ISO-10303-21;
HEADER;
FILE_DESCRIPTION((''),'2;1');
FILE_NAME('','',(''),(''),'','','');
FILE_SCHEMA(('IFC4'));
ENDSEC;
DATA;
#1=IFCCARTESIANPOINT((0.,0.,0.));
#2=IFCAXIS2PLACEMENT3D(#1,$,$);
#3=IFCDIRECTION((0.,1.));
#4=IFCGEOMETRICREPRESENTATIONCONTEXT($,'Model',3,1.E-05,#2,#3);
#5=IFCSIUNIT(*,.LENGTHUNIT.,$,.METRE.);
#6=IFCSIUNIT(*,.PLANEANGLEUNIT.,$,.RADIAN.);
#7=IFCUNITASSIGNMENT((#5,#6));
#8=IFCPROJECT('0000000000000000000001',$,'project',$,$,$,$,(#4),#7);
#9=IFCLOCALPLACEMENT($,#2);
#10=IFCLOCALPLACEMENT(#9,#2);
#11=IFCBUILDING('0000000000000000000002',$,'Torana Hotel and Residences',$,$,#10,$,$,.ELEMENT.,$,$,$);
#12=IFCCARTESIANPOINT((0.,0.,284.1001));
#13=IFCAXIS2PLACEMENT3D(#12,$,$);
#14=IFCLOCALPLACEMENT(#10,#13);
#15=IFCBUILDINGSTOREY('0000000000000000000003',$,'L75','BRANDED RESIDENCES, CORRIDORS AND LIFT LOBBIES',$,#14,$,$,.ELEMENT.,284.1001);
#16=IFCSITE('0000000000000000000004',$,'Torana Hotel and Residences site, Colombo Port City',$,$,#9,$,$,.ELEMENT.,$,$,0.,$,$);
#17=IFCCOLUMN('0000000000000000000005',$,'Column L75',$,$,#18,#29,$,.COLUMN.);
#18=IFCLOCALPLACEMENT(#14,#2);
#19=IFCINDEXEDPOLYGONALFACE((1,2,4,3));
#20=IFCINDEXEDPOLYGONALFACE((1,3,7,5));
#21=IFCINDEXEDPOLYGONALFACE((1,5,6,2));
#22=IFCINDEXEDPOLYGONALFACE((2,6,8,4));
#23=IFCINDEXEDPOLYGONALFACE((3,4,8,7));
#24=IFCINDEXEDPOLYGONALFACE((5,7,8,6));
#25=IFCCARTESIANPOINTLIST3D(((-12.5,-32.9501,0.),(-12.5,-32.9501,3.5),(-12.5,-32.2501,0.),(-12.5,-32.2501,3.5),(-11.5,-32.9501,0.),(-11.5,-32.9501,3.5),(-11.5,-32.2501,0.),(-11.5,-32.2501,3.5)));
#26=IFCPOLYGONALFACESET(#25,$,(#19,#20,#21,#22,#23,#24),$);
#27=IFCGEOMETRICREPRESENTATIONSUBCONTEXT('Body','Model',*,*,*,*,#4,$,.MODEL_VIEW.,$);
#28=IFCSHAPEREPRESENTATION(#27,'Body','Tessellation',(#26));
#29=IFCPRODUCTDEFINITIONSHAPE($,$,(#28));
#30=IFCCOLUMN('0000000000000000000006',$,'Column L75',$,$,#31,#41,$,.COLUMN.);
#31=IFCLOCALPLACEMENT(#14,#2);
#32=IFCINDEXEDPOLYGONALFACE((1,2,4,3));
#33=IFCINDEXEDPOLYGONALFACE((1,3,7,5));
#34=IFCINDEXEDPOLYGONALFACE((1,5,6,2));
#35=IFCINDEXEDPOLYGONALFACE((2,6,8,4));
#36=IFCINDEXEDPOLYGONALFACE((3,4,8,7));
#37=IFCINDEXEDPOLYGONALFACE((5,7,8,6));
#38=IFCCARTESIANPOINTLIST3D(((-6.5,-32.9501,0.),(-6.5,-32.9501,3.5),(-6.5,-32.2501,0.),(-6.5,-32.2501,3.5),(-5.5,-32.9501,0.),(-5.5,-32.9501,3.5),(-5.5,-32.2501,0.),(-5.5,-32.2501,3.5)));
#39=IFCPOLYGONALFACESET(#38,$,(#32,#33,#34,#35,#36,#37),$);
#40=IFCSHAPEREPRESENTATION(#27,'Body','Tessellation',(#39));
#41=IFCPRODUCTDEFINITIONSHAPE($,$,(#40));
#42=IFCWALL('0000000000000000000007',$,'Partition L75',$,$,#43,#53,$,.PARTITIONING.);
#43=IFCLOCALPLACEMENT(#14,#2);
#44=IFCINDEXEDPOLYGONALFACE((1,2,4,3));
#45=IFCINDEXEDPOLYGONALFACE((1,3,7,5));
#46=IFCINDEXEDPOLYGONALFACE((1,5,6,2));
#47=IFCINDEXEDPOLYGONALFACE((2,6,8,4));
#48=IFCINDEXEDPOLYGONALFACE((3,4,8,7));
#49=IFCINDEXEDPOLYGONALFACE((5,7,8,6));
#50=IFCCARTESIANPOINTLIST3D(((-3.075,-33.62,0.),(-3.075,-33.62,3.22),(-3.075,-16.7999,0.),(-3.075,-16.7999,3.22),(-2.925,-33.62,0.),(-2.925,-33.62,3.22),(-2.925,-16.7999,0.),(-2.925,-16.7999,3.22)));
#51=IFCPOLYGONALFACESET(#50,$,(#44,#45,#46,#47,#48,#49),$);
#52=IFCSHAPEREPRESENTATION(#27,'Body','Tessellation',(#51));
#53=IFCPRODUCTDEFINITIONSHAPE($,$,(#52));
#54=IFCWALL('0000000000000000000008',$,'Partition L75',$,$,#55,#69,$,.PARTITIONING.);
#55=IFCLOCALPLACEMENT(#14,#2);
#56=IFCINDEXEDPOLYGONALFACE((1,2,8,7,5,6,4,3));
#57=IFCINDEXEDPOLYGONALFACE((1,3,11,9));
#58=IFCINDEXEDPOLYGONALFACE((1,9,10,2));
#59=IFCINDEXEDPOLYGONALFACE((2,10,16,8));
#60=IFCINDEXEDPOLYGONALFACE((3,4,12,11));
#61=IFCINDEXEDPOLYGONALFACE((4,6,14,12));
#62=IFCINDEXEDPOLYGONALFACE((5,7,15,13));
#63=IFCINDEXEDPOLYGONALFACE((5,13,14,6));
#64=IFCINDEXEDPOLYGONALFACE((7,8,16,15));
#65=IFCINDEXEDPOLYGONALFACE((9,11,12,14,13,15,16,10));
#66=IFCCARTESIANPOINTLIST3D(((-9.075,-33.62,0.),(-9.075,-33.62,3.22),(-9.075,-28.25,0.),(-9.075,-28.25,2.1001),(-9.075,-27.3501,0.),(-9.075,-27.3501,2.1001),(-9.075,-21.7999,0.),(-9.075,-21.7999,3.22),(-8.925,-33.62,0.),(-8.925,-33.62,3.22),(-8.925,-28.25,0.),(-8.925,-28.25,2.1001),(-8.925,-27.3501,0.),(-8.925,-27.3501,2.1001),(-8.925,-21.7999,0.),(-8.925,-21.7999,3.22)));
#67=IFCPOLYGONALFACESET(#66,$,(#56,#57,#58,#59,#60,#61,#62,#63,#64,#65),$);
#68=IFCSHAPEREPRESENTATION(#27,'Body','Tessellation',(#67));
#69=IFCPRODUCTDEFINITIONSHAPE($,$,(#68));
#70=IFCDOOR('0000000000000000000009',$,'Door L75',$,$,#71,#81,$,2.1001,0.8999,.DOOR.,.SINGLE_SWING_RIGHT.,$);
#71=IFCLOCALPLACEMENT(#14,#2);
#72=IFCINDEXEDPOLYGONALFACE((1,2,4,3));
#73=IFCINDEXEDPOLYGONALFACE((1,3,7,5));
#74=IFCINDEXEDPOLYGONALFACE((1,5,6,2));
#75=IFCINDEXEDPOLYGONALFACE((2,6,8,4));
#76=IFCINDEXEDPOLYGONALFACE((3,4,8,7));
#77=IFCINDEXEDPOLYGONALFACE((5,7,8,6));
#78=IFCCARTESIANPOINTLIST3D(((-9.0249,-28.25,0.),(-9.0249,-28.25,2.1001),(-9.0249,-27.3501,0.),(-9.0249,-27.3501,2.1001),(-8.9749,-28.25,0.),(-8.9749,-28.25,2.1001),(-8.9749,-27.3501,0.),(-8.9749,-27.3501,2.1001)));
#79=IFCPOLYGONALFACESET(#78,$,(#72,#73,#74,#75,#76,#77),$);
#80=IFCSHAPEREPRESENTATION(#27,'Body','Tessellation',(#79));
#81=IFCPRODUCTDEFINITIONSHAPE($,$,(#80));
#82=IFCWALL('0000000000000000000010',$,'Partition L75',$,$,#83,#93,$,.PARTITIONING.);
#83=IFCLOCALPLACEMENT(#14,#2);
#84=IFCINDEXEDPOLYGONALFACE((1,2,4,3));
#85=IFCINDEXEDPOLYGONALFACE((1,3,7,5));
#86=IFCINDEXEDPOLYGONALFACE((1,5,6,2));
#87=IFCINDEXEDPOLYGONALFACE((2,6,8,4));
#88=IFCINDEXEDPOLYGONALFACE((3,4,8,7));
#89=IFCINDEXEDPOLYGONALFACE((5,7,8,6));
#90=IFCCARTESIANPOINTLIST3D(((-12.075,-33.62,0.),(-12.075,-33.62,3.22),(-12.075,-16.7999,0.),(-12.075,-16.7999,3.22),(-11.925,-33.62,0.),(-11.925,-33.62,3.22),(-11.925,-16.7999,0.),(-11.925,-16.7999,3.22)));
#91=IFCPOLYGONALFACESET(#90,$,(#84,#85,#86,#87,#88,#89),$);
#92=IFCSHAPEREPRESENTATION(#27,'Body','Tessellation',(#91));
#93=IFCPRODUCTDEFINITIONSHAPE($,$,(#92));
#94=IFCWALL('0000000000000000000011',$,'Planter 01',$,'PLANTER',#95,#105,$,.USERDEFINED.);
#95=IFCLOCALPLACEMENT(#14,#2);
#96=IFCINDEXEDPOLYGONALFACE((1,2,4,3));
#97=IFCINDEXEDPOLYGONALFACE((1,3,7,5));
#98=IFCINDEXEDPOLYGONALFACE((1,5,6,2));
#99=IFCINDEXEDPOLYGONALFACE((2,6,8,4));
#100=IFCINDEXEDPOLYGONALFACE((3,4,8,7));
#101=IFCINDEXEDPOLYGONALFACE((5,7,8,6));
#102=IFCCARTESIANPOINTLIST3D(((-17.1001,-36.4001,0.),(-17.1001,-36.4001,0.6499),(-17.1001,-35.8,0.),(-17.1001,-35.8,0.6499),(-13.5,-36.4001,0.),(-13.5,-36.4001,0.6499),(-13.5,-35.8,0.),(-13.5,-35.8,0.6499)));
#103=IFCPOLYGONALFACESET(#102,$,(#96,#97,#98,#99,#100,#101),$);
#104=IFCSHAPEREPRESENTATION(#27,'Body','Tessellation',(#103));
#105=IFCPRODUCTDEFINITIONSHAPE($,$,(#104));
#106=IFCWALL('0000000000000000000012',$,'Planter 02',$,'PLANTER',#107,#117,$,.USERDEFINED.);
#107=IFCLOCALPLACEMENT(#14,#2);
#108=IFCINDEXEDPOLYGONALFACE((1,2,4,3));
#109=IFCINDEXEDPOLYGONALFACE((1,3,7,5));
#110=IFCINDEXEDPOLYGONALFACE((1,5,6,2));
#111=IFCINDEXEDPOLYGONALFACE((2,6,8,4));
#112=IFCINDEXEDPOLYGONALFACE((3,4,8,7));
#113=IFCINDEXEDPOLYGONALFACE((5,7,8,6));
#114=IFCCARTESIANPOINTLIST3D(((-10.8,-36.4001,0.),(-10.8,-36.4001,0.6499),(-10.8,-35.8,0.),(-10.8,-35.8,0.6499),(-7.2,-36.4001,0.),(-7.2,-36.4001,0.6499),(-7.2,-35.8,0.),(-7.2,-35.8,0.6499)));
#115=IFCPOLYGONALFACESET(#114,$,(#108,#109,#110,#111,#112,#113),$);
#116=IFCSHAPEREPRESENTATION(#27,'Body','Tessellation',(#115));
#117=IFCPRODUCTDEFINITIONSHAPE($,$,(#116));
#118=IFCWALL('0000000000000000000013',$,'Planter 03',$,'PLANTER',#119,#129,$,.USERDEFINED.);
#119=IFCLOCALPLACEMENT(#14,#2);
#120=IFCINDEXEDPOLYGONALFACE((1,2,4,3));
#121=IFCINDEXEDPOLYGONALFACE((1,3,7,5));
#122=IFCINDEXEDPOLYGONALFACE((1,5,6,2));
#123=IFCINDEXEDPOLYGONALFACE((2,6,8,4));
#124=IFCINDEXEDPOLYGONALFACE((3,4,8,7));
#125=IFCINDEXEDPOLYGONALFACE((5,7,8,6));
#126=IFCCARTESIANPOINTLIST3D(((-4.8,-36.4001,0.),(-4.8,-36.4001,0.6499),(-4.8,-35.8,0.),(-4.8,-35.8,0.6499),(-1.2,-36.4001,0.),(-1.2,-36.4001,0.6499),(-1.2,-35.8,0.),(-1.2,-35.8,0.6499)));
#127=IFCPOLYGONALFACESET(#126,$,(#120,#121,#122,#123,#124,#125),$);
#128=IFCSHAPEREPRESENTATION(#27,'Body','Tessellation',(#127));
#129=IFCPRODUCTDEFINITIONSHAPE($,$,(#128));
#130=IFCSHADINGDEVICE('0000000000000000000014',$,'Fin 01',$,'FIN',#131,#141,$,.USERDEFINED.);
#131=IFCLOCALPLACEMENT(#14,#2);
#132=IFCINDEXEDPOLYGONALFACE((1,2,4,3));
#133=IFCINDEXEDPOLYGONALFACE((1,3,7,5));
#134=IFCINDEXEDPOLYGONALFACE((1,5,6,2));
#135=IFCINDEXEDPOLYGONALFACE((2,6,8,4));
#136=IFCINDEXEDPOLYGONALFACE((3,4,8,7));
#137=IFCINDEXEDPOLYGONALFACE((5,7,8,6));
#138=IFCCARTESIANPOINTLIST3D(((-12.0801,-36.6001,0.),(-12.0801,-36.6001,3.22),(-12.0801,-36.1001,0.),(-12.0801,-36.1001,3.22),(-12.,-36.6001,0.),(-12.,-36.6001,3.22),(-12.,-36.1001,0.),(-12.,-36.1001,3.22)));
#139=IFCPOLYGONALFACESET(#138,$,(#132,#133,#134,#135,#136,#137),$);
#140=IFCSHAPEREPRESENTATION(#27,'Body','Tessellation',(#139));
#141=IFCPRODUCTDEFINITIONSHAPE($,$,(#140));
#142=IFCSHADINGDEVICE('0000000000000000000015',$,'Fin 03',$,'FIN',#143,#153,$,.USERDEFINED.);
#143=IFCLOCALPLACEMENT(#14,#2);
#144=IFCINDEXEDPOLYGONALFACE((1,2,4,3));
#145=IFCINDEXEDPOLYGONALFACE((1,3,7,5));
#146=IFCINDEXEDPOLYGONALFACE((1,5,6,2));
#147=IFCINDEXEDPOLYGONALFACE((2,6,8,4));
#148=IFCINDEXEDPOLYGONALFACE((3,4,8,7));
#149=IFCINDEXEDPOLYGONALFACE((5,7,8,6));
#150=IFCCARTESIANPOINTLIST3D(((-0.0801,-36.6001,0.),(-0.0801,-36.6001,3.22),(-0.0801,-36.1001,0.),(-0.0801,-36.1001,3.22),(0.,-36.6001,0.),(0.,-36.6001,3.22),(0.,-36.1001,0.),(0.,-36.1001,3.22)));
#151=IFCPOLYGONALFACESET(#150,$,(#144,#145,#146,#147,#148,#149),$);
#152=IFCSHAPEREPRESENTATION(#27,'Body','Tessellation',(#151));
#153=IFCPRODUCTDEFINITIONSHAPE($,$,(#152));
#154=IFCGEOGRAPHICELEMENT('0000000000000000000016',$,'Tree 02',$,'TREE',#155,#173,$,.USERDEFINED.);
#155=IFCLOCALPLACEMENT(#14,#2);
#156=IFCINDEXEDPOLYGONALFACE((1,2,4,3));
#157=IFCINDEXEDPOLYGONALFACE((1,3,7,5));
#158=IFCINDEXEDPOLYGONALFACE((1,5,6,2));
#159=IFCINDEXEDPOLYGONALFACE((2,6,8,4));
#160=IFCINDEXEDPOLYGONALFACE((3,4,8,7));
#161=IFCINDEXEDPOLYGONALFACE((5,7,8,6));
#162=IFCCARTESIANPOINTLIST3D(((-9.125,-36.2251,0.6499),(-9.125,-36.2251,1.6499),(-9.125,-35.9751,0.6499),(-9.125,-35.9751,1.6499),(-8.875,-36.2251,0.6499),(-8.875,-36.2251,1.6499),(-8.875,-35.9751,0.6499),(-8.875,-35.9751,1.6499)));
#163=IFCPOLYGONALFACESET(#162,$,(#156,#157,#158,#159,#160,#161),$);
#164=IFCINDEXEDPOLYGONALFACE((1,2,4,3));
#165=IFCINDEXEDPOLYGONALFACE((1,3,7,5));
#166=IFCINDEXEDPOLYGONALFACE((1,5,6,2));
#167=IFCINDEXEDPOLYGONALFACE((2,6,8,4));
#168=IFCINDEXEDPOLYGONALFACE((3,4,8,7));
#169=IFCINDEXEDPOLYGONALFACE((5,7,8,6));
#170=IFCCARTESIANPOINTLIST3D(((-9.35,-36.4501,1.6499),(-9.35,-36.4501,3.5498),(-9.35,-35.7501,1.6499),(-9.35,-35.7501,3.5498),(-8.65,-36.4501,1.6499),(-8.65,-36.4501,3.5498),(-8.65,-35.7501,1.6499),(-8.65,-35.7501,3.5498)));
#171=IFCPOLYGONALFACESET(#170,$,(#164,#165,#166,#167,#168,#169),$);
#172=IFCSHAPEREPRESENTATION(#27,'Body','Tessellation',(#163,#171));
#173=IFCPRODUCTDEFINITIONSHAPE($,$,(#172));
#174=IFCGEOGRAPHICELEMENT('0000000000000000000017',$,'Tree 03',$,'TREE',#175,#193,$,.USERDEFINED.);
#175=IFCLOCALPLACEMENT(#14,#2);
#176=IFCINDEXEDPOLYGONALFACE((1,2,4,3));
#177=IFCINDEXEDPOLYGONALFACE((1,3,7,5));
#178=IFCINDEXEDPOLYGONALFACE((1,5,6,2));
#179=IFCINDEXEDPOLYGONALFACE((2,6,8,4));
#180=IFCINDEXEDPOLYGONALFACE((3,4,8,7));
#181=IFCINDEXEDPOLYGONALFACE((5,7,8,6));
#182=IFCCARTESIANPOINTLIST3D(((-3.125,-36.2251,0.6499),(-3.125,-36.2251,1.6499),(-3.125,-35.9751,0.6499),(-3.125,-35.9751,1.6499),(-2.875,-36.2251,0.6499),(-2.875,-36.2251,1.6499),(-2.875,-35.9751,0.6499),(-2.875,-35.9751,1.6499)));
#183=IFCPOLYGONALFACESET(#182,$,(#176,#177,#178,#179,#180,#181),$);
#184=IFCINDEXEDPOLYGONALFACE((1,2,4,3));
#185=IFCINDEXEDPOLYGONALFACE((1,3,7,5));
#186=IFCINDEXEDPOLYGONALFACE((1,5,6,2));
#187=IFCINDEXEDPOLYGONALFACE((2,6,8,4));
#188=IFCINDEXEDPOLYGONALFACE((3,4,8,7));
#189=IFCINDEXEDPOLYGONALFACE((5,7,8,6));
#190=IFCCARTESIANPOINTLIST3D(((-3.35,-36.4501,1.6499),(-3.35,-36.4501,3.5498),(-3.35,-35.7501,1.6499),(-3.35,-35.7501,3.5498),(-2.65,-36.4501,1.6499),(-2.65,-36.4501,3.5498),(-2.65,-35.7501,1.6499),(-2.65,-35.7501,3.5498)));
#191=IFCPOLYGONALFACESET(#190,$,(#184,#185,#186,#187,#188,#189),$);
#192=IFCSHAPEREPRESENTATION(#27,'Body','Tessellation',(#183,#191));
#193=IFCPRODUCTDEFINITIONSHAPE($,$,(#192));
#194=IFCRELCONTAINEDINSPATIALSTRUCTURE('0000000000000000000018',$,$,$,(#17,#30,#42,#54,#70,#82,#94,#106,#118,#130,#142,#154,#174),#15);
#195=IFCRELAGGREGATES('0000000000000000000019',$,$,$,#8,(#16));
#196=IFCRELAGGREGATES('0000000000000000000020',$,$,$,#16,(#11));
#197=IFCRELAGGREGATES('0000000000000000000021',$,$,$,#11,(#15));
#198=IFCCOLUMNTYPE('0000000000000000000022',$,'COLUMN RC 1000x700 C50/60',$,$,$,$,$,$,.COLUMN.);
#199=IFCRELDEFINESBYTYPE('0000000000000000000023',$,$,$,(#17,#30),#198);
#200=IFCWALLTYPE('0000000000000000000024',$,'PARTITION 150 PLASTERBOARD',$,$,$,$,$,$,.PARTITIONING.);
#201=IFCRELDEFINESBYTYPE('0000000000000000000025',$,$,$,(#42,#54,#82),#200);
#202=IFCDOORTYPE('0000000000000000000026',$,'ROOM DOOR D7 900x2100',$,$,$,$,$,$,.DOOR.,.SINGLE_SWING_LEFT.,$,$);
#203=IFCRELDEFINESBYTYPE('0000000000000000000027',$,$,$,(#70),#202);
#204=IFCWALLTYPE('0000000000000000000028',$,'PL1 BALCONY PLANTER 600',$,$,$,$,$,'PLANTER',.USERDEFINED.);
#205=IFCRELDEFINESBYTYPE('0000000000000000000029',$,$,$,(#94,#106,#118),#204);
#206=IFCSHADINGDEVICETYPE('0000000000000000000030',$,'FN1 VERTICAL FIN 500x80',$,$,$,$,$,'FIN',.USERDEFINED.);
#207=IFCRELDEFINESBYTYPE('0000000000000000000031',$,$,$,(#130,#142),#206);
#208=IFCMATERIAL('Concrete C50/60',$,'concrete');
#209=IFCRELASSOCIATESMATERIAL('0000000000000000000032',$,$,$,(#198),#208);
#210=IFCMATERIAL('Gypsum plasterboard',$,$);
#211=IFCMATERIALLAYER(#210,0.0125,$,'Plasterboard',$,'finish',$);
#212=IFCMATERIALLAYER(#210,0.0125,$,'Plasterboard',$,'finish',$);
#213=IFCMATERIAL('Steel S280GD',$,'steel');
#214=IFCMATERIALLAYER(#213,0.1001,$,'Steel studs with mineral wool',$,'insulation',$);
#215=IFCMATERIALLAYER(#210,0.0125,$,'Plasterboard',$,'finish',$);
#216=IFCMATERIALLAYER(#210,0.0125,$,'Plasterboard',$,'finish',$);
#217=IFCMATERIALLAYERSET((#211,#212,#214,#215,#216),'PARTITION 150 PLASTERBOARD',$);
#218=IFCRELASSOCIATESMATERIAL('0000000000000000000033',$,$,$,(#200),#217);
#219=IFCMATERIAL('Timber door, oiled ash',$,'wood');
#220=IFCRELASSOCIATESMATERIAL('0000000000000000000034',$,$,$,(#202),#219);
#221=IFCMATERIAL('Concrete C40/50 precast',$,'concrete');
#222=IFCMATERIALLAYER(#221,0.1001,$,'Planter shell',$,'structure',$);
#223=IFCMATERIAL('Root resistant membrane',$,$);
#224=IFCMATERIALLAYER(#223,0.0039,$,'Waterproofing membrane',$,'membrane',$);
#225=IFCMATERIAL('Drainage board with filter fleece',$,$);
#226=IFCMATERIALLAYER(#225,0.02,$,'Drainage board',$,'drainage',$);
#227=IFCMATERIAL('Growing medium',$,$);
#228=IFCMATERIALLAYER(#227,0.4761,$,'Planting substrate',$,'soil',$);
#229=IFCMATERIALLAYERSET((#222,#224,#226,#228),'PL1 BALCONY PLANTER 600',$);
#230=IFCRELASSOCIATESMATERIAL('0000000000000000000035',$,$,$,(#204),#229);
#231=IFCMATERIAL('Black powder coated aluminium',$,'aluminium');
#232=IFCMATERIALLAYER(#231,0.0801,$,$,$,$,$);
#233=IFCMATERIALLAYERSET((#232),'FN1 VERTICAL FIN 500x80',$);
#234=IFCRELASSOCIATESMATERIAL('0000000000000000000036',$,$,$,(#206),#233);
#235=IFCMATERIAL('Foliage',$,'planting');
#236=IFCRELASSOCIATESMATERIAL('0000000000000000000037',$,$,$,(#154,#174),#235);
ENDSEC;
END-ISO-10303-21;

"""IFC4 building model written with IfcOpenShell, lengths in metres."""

from ifc_helpers import new_model, si_unit, direction, frame, frame_2d, origin, origin_2d, place, context, subcontext, project, spatial, rectangle, extrude, material, layer, layer_set, material_profile, profile_set, type_object, element, fill, save


model = new_model("IFC4")

# Units and contexts
model_context = context("Model", 3, precision=1e-05, world=origin(), true_north=direction((0.0, 1.0)))
body_context = subcontext(model_context, "Body", "Model", "MODEL_VIEW")
ifc_project = project(units=[si_unit("LENGTHUNIT", "METRE"), si_unit("PLANEANGLEUNIT", "RADIAN")], contexts=[model_context])

# Site, building, storey
site_placement = place(None, origin())
site = spatial("IfcSite", under=ifc_project, at=site_placement, Name="Torana Hotel and Residences site, Colombo Port City", CompositionType="ELEMENT", RefElevation=0.0)
building_placement = place(site_placement, origin())
building = spatial("IfcBuilding", under=site, at=building_placement, Name="Torana Hotel and Residences", CompositionType="ELEMENT")
storey_placement = place(building_placement, frame((0.0, 0.0, 284.1001)))
storey = spatial("IfcBuildingStorey", under=building, at=storey_placement, Name="L75", Description="BRANDED RESIDENCES, CORRIDORS AND LIFT LOBBIES", CompositionType="ELEMENT", Elevation=284.1001)

# Columns
ifc_material_1 = material(Name="Concrete C50/60", Category="concrete")
ifc_material_profile = material_profile(ifc_material_1, rectangle(XDim=1.0, YDim=0.7, at=origin_2d()), Name="RC 1000x700")
ifc_profile_set = profile_set([ifc_material_profile], Name="Concrete C50/60")
column_type = type_object("IfcColumnType", Name="COLUMN RC 1000x700 C50/60", PredefinedType="COLUMN", material=ifc_profile_set)
for number, where, z_axis, x_axis, name in (
    (1, (-12.0, -32.6001, 0.0), (0.0, 0.0, 1.0), (1.0, 0.0, 0.0), "Column L75"),
    (2, (-6.0, -32.6001, 0.0), (0.0, 0.0, 1.0), (1.0, 0.0, 0.0), "Column L75"),
):
    element("IfcColumn", number, at=place(storey_placement, frame(where, z_axis=z_axis, x_axis=x_axis)), inside=storey, type_object=column_type, Name=name, PredefinedType="COLUMN", context=body_context, shape_type="SweptSolid", body=[
        extrude(rectangle(XDim=1.0, YDim=0.7, at=origin_2d()), origin(), (0.0, 0.0, 1.0), 3.5),
    ])

# Wall
ifc_material_2 = material(Name="Gypsum plasterboard")
ifc_layer_1 = layer(ifc_material_2, 0.0125, Name="Plasterboard", Category="finish")
ifc_layer_2 = layer(ifc_material_2, 0.0125, Name="Plasterboard", Category="finish")
ifc_material_3 = material(Name="Steel S280GD", Category="steel")
ifc_layer_3 = layer(ifc_material_3, 0.1001, Name="Steel studs with mineral wool", Category="insulation")
ifc_layer_4 = layer(ifc_material_2, 0.0125, Name="Plasterboard", Category="finish")
ifc_layer_5 = layer(ifc_material_2, 0.0125, Name="Plasterboard", Category="finish")
ifc_layer_set_1 = layer_set([ifc_layer_1, ifc_layer_2, ifc_layer_3, ifc_layer_4, ifc_layer_5], Name="PARTITION 150 PLASTERBOARD")
wall_type_1 = type_object("IfcWallType", Name="PARTITION 150 PLASTERBOARD", PredefinedType="PARTITIONING", material=ifc_layer_set_1)
wall_1_placement = place(storey_placement, frame((-3.0, -33.6201, 0.0), z_axis=(0.0, 0.0, 1.0), x_axis=(0.0, 1.0, 0.0)))
element("IfcWall", 3, at=wall_1_placement, inside=storey, type_object=wall_type_1, Name="Partition L75", PredefinedType="PARTITIONING", context=body_context, shape_type="SweptSolid", body=[
    extrude(rectangle(XDim=16.8201, YDim=0.1499, at=frame_2d((8.4102, 0.0))), origin(), (0.0, 0.0, 1.0), 3.22),
])

# Wall, opening, door
wall_2_placement = place(storey_placement, frame((-9.0, -33.6201, 0.0), z_axis=(0.0, 0.0, 1.0), x_axis=(0.0, 1.0, 0.0)))
wall_2 = element("IfcWall", 4, at=wall_2_placement, inside=storey, type_object=wall_type_1, Name="Partition L75", PredefinedType="PARTITIONING", context=body_context, shape_type="SweptSolid", body=[
    extrude(rectangle(XDim=11.8201, YDim=0.1499, at=frame_2d((5.9102, 0.0))), origin(), (0.0, 0.0, 1.0), 3.22),
])
opening_placement = place(wall_2_placement, frame((5.3701, 0.0, 0.0)))
opening = element("IfcOpeningElement", 5, at=opening_placement, cuts=wall_2, PredefinedType="OPENING", context=body_context, shape_type="SweptSolid", body=[
    extrude(rectangle(XDim=0.8999, YDim=2.1001, at=frame_2d((0.45, 1.05))), frame((0.0, 0.085, 0.0), z_axis=(0.0, -1.0, 0.0), x_axis=(1.0, 0.0, 0.0)), (0.0, 0.0, 1.0), 0.1699),
])
ifc_material_4 = material(Name="Timber door, oiled ash", Category="wood")
door_type = type_object("IfcDoorType", Name="ROOM DOOR D7 900x2100", OperationType="SINGLE_SWING_LEFT", PredefinedType="DOOR", material=ifc_material_4)
door_placement = place(opening_placement, origin())
door = element("IfcDoor", 6, at=door_placement, inside=storey, type_object=door_type, Name="Door L75", OperationType="SINGLE_SWING_RIGHT", OverallHeight=2.1001, OverallWidth=0.8999, PredefinedType="DOOR", context=body_context, shape_type="SweptSolid", body=[
    extrude(rectangle(XDim=0.8999, YDim=2.1001, at=frame_2d((0.45, 1.05))), frame((0.0, 0.0249, 0.0), z_axis=(0.0, -1.0, 0.0), x_axis=(1.0, 0.0, 0.0)), (0.0, 0.0, 1.0), 0.05),
])
fill(opening, door)

# Walls
wall_3_placement = place(storey_placement, frame((-12.0, -33.6201, 0.0), z_axis=(0.0, 0.0, 1.0), x_axis=(0.0, 1.0, 0.0)))
element("IfcWall", 7, at=wall_3_placement, inside=storey, type_object=wall_type_1, Name="Partition L75", PredefinedType="PARTITIONING", context=body_context, shape_type="SweptSolid", body=[
    extrude(rectangle(XDim=16.8201, YDim=0.1499, at=frame_2d((8.4102, 0.0))), origin(), (0.0, 0.0, 1.0), 3.22),
])
ifc_material_5 = material(Name="Concrete C40/50 precast", Category="concrete")
ifc_layer_6 = layer(ifc_material_5, 0.1001, Name="Planter shell", Category="structure")
ifc_material_6 = material(Name="Root resistant membrane")
ifc_layer_7 = layer(ifc_material_6, 0.0039, Name="Waterproofing membrane", Category="membrane")
ifc_material_7 = material(Name="Drainage board with filter fleece")
ifc_layer_8 = layer(ifc_material_7, 0.02, Name="Drainage board", Category="drainage")
ifc_material_8 = material(Name="Growing medium")
ifc_layer_9 = layer(ifc_material_8, 0.4761, Name="Planting substrate", Category="soil")
ifc_layer_set_2 = layer_set([ifc_layer_6, ifc_layer_7, ifc_layer_8, ifc_layer_9], Name="PL1 BALCONY PLANTER 600")
wall_type_2 = type_object("IfcWallType", Name="PL1 BALCONY PLANTER 600", ElementType="PLANTER", PredefinedType="USERDEFINED", material=ifc_layer_set_2)
for number, where, z_axis, x_axis, name in (
    (8, (-13.5, -36.1001, 0.0), (0.0, 0.0, 1.0), (-1.0, 0.0, 0.0), "Planter 01"),
    (9, (-7.2, -36.1001, 0.0), (0.0, 0.0, 1.0), (-1.0, 0.0, 0.0), "Planter 02"),
    (10, (-1.2, -36.1001, 0.0), (0.0, 0.0, 1.0), (-1.0, 0.0, 0.0), "Planter 03"),
):
    element("IfcWall", number, at=place(storey_placement, frame(where, z_axis=z_axis, x_axis=x_axis)), inside=storey, type_object=wall_type_2, Name=name, ObjectType="PLANTER", PredefinedType="USERDEFINED", context=body_context, shape_type="SweptSolid", body=[
        extrude(rectangle(XDim=3.6001, YDim=0.6001, at=frame_2d((1.8, 0.0))), origin(), (0.0, 0.0, 1.0), 0.6499),
    ])

# Shading devices
ifc_material_9 = material(Name="Black powder coated aluminium", Category="aluminium")
ifc_layer_10 = layer(ifc_material_9, 0.0801)
ifc_layer_set_3 = layer_set([ifc_layer_10], Name="FN1 VERTICAL FIN 500x80")
shading_device_type = type_object("IfcShadingDeviceType", Name="FN1 VERTICAL FIN 500x80", ElementType="FIN", PredefinedType="USERDEFINED", material=ifc_layer_set_3)
for number, where, z_axis, x_axis, name in (
    (11, (-12.04, -36.3501, 0.0), (0.0, 0.0, 1.0), (-1.0, 0.0, 0.0), "Fin 01"),
    (12, (-0.04, -36.3501, 0.0), (0.0, 0.0, 1.0), (-1.0, 0.0, 0.0), "Fin 03"),
):
    element("IfcShadingDevice", number, at=place(storey_placement, frame(where, z_axis=z_axis, x_axis=x_axis)), inside=storey, type_object=shading_device_type, Name=name, ObjectType="FIN", PredefinedType="USERDEFINED", context=body_context, shape_type="SweptSolid", body=[
        extrude(rectangle(XDim=0.0801, YDim=0.5, at=origin_2d()), origin(), (0.0, 0.0, 1.0), 3.22),
    ])

# Geographic elements
ifc_material_10 = material(Name="Foliage", Category="planting")
for number, where, z_axis, x_axis, name in (
    (13, (-9.0, -36.1001, 0.6499), (0.0, 0.0, 1.0), (1.0, 0.0, 0.0), "Tree 02"),
    (14, (-3.0, -36.1001, 0.6499), (0.0, 0.0, 1.0), (1.0, 0.0, 0.0), "Tree 03"),
):
    element("IfcGeographicElement", number, at=place(storey_placement, frame(where, z_axis=z_axis, x_axis=x_axis)), inside=storey, material=ifc_material_10, Name=name, ObjectType="TREE", PredefinedType="USERDEFINED", context=body_context, shape_type="SweptSolid", body=[
        extrude(rectangle(XDim=0.25, YDim=0.25, at=origin_2d()), origin(), (0.0, 0.0, 1.0), 1.0),
        extrude(rectangle(XDim=0.7, YDim=0.7, at=origin_2d()), frame((0.0, 0.0, 1.0)), (0.0, 0.0, 1.0), 1.8999),
    ])

save(model, "model.ifc")
